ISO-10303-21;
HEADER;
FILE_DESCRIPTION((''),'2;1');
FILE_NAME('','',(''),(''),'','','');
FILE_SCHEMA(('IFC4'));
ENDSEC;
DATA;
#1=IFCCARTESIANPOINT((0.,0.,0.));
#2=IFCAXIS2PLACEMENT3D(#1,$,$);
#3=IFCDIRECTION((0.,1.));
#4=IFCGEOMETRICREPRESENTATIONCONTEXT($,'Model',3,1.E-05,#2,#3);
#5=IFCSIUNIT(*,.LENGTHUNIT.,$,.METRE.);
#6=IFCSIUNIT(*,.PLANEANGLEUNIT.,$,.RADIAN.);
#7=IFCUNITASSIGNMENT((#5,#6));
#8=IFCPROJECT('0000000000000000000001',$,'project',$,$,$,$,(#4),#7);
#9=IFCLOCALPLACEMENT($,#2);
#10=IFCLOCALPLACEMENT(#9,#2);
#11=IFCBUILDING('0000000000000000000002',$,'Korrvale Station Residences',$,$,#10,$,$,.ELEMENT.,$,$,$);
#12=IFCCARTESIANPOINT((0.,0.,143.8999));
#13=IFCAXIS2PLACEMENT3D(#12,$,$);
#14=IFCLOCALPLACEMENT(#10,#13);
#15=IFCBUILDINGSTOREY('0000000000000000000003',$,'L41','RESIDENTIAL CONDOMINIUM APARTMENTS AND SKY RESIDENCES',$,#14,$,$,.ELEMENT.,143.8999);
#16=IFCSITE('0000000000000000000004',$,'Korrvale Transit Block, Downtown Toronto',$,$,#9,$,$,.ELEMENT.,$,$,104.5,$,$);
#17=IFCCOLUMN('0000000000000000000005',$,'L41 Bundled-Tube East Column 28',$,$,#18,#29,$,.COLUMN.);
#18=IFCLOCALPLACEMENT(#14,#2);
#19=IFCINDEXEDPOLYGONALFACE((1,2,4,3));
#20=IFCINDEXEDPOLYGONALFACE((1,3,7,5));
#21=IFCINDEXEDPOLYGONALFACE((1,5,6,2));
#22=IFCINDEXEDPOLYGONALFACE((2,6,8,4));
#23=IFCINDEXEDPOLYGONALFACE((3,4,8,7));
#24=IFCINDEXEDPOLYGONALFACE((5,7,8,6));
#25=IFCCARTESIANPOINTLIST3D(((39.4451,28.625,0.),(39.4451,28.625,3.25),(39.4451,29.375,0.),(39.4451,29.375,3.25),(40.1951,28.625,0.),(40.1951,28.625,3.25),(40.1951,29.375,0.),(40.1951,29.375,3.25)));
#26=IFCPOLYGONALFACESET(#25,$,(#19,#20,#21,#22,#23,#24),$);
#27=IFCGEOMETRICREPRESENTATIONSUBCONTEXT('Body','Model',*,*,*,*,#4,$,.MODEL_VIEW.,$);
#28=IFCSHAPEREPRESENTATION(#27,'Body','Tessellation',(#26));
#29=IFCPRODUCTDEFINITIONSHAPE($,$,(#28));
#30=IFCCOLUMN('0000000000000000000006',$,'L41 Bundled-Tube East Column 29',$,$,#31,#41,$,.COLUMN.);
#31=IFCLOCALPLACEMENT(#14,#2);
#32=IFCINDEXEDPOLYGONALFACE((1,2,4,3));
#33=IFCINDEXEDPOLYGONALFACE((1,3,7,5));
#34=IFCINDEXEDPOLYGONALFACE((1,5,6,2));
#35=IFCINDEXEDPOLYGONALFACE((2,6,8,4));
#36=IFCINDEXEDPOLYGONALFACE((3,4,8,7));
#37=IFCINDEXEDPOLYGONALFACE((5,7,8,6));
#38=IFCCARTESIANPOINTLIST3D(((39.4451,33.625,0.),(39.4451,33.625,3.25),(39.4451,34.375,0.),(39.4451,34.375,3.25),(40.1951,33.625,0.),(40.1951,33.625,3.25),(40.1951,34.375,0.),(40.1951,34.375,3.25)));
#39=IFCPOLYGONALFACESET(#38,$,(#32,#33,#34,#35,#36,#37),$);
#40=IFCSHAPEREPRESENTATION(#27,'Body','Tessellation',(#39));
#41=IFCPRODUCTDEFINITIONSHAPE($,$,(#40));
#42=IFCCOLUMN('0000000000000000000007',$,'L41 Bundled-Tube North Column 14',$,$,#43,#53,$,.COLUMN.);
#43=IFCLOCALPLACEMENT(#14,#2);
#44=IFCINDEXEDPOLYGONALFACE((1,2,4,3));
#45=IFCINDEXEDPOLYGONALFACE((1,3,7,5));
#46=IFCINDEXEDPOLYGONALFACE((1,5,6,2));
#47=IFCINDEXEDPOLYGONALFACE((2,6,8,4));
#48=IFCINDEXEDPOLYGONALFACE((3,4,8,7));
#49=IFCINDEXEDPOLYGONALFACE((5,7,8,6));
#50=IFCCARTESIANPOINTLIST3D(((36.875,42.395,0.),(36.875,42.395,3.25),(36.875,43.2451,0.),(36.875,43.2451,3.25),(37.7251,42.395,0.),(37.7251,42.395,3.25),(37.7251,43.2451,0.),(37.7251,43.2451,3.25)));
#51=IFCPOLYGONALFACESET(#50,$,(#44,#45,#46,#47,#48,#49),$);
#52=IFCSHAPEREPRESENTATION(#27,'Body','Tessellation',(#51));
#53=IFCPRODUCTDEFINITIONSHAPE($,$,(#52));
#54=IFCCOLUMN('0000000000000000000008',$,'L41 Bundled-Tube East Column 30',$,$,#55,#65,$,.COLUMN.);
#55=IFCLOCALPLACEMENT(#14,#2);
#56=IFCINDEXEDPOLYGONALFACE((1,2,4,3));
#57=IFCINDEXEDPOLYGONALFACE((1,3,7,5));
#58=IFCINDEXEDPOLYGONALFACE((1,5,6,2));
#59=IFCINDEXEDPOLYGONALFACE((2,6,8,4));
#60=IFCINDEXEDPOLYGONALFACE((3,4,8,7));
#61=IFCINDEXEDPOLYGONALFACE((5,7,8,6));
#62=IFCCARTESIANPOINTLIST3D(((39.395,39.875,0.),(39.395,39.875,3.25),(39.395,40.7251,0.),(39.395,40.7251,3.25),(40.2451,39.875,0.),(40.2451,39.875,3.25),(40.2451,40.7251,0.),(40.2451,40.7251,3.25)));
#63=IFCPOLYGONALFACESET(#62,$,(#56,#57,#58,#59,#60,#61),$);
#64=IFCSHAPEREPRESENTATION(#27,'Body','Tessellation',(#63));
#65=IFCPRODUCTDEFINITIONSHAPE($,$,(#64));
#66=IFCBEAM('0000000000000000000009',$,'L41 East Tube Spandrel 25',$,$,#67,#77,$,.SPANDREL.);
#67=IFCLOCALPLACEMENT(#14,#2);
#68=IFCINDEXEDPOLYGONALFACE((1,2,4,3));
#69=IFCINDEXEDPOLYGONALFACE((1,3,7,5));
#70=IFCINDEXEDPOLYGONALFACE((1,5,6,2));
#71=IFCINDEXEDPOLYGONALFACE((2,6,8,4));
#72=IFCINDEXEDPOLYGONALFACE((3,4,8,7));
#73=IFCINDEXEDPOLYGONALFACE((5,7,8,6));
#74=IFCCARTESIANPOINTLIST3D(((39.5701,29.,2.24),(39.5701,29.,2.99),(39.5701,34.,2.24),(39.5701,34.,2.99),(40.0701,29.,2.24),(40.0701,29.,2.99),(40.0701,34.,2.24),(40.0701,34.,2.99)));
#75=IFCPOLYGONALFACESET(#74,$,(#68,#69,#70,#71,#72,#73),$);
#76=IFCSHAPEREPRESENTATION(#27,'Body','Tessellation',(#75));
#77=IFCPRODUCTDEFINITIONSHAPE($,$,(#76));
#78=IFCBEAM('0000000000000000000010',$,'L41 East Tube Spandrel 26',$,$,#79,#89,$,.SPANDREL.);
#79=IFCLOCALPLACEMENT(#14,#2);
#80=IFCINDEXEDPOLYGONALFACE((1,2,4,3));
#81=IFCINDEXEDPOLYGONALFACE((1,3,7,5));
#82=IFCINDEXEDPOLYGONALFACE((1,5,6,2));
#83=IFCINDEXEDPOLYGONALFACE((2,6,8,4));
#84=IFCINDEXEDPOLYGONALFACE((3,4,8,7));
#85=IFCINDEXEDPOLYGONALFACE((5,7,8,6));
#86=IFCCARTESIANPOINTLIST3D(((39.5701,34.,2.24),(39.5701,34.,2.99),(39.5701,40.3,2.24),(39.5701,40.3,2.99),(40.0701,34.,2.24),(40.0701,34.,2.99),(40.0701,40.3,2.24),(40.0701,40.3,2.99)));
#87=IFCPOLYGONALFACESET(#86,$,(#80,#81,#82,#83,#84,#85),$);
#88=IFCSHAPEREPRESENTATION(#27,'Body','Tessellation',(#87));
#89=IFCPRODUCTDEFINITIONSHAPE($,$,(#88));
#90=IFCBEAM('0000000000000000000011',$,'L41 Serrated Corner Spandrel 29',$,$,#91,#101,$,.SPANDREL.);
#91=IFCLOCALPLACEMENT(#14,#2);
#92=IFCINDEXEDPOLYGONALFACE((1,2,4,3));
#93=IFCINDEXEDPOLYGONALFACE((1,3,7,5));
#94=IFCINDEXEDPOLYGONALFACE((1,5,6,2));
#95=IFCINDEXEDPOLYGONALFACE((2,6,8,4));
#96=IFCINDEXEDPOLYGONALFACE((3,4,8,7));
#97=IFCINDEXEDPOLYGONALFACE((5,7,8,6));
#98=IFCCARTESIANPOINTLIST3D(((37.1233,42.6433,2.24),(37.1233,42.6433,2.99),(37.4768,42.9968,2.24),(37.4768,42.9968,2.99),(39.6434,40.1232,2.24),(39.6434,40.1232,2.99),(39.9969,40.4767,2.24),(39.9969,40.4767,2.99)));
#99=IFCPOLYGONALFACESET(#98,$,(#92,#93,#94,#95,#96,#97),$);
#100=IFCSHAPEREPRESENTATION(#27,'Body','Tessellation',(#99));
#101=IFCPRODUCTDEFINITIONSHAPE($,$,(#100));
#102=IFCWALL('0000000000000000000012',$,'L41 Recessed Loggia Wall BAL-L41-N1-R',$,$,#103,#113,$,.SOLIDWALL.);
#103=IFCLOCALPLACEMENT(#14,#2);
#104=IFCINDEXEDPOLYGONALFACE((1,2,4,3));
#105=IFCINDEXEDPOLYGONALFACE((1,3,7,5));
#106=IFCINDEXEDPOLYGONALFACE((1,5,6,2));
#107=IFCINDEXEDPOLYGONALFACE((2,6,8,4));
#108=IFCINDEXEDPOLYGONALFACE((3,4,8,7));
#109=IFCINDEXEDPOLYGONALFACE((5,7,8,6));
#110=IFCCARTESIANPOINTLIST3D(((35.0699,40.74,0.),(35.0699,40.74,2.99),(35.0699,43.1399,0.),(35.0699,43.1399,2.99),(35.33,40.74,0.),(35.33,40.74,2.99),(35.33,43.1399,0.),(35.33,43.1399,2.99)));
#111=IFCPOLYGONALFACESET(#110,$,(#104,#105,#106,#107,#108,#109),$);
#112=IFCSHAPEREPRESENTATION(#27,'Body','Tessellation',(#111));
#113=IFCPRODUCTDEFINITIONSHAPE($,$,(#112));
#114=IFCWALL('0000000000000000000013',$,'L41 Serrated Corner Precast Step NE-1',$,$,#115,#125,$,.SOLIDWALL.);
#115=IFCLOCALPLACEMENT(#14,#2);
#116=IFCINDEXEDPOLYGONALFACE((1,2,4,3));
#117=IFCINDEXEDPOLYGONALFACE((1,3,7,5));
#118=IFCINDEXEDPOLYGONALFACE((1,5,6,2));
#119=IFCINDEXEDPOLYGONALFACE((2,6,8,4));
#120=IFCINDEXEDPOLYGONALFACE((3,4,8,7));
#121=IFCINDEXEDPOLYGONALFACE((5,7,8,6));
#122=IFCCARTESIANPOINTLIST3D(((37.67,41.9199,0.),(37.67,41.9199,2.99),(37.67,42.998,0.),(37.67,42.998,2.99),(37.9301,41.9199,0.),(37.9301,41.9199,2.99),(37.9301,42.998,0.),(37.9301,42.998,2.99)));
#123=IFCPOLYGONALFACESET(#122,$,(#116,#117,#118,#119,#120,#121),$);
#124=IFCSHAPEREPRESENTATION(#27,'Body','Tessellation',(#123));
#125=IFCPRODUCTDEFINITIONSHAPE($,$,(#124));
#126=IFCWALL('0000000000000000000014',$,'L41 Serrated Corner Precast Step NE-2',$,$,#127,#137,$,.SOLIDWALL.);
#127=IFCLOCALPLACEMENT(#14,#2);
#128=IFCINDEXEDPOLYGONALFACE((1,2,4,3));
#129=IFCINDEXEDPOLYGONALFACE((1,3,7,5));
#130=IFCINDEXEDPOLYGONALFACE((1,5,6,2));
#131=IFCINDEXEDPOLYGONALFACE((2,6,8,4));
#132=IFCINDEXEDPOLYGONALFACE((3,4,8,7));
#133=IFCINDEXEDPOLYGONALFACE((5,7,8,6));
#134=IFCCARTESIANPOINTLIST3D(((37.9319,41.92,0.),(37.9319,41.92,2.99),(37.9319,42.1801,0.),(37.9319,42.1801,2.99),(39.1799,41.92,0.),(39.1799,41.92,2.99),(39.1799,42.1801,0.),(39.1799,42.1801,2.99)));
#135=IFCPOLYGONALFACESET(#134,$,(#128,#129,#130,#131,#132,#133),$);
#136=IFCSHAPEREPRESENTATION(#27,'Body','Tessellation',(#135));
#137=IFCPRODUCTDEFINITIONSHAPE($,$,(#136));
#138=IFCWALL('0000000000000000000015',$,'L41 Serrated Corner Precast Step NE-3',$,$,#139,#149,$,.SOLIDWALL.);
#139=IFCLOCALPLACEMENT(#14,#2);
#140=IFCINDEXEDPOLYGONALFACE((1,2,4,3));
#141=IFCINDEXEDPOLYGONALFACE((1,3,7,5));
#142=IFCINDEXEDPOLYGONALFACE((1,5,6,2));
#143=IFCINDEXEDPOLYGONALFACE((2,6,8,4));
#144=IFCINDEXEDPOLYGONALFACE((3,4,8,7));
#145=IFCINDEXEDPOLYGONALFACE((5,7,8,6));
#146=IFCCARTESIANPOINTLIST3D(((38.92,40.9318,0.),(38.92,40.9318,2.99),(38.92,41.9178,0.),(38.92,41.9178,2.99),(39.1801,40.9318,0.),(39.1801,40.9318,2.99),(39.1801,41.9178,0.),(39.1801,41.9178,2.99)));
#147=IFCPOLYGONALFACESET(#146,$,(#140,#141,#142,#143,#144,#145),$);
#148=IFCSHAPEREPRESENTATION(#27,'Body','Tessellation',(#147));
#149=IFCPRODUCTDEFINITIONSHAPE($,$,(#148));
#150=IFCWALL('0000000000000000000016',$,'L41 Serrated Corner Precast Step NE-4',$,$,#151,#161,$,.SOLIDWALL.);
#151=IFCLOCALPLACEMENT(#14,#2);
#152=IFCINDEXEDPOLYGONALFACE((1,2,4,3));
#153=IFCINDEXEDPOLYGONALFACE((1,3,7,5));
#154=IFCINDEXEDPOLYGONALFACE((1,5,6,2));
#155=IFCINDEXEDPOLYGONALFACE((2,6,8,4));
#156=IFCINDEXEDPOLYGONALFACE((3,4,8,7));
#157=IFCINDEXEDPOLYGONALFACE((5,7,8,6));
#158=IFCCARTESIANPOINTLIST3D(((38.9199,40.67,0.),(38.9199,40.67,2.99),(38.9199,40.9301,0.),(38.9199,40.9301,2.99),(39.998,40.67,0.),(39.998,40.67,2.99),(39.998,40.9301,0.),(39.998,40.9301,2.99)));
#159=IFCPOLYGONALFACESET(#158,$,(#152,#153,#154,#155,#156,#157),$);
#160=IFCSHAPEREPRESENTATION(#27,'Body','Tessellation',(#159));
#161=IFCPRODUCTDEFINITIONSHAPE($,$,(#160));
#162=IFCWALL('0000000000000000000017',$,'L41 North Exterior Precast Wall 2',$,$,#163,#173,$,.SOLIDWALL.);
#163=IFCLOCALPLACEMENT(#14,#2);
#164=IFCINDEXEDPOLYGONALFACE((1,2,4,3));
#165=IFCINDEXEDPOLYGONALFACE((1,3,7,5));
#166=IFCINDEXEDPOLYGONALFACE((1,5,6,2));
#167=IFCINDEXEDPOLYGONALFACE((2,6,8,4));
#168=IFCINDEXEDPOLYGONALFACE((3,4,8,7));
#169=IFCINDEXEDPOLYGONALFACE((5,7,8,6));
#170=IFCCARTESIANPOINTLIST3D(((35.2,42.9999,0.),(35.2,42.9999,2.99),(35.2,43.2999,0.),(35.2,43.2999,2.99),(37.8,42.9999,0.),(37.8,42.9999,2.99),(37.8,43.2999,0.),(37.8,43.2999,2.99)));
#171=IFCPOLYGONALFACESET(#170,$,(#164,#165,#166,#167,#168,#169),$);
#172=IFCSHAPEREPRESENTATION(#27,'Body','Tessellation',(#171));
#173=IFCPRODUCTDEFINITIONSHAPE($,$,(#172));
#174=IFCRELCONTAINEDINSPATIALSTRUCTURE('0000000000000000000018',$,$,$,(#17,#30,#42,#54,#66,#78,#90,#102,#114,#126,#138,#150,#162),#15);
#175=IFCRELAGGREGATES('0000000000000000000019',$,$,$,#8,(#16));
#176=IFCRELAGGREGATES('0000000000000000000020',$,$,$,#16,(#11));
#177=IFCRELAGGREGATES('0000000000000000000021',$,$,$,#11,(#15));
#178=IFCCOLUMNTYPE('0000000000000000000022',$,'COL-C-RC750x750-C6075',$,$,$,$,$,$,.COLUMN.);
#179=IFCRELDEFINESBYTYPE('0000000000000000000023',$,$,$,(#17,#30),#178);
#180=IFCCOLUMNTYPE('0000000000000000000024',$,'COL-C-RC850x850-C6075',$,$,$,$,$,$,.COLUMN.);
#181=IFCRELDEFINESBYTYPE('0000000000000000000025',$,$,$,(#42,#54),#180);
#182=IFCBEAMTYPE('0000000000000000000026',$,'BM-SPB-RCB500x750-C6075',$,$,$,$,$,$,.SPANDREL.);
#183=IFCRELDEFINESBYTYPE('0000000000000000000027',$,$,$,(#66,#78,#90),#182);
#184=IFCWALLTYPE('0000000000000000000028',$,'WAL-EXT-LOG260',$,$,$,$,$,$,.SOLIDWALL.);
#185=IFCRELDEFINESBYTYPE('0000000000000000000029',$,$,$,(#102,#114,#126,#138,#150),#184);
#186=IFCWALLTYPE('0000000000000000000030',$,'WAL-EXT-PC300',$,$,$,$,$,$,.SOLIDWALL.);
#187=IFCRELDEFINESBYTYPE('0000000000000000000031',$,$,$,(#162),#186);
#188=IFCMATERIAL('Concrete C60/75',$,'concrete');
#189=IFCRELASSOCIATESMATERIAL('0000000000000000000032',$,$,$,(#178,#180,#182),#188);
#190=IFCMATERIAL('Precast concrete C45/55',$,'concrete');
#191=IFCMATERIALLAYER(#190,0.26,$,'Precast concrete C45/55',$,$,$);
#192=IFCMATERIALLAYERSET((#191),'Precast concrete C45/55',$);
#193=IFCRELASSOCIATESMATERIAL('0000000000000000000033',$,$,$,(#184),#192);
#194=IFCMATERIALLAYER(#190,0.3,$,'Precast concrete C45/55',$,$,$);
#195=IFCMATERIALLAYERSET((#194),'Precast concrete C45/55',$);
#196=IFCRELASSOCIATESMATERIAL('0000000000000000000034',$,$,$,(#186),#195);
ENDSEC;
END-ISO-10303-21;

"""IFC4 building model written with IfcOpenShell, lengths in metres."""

from ifc_helpers import new_model, si_unit, direction, frame, frame_2d, origin, origin_2d, place, context, subcontext, project, spatial, rectangle, extrude, material, layer, layer_set, material_profile, profile_set, type_object, element, save


model = new_model("IFC4")

# Units and contexts
model_context = context("Model", 3, precision=1e-05, world=origin(), true_north=direction((0.0, 1.0)))
body_context = subcontext(model_context, "Body", "Model", "MODEL_VIEW")
ifc_project = project(units=[si_unit("LENGTHUNIT", "METRE"), si_unit("PLANEANGLEUNIT", "RADIAN")], contexts=[model_context])

# Site, building, storey
site_placement = place(None, origin())
site = spatial("IfcSite", under=ifc_project, at=site_placement, Name="Korrvale Transit Block, Downtown Toronto", CompositionType="ELEMENT", RefElevation=104.5)
building_placement = place(site_placement, origin())
building = spatial("IfcBuilding", under=site, at=building_placement, Name="Korrvale Station Residences", CompositionType="ELEMENT")
storey_placement = place(building_placement, frame((0.0, 0.0, 143.8999)))
storey = spatial("IfcBuildingStorey", under=building, at=storey_placement, Name="L41", Description="RESIDENTIAL CONDOMINIUM APARTMENTS AND SKY RESIDENCES", CompositionType="ELEMENT", Elevation=143.8999)

# Columns
ifc_material_1 = material(Name="Concrete C60/75", Category="concrete")
ifc_material_profile_1 = material_profile(ifc_material_1, rectangle(XDim=0.75, YDim=0.75, at=origin_2d()), Name="RC750x750")
ifc_profile_set_1 = profile_set([ifc_material_profile_1], Name="Concrete C60/75")
column_type_1 = type_object("IfcColumnType", Name="COL-C-RC750x750-C6075", PredefinedType="COLUMN", material=ifc_profile_set_1)
for number, where, z_axis, x_axis, name in (
    (1, (39.8201, 29.0, 0.0), (0.0, 0.0, 1.0), (1.0, 0.0, 0.0), "L41 Bundled-Tube East Column 28"),
    (2, (39.8201, 34.0, 0.0), (0.0, 0.0, 1.0), (1.0, 0.0, 0.0), "L41 Bundled-Tube East Column 29"),
):
    element("IfcColumn", number, at=place(storey_placement, frame(where, z_axis=z_axis, x_axis=x_axis)), inside=storey, type_object=column_type_1, Name=name, PredefinedType="COLUMN", context=body_context, shape_type="SweptSolid", body=[
        extrude(rectangle(XDim=0.75, YDim=0.75, at=origin_2d()), origin(), (0.0, 0.0, 1.0), 3.25),
    ])
ifc_material_profile_2 = material_profile(ifc_material_1, rectangle(XDim=0.8501, YDim=0.8501, at=origin_2d()), Name="RC850x850")
ifc_profile_set_2 = profile_set([ifc_material_profile_2], Name="Concrete C60/75")
column_type_2 = type_object("IfcColumnType", Name="COL-C-RC850x850-C6075", PredefinedType="COLUMN", material=ifc_profile_set_2)
for number, where, z_axis, x_axis, name in (
    (3, (37.3, 42.8201, 0.0), (0.0, 0.0, 1.0), (1.0, 0.0, 0.0), "L41 Bundled-Tube North Column 14"),
    (4, (39.8201, 40.3, 0.0), (0.0, 0.0, 1.0), (1.0, 0.0, 0.0), "L41 Bundled-Tube East Column 30"),
):
    element("IfcColumn", number, at=place(storey_placement, frame(where, z_axis=z_axis, x_axis=x_axis)), inside=storey, type_object=column_type_2, Name=name, PredefinedType="COLUMN", context=body_context, shape_type="SweptSolid", body=[
        extrude(rectangle(XDim=0.8501, YDim=0.8501, at=origin_2d()), origin(), (0.0, 0.0, 1.0), 3.25),
    ])

# Beams
ifc_material_profile_3 = material_profile(ifc_material_1, rectangle(XDim=0.5, YDim=0.75, at=origin_2d()), Name="RCB500x750")
ifc_profile_set_3 = profile_set([ifc_material_profile_3], Name="Concrete C60/75")
beam_type = type_object("IfcBeamType", Name="BM-SPB-RCB500x750-C6075", PredefinedType="SPANDREL", material=ifc_profile_set_3)
beam_1_placement = place(storey_placement, frame((39.8201, 29.0, 2.615), z_axis=(0.0, 1.0, 0.0), x_axis=(-1.0, 0.0, 0.0)))
element("IfcBeam", 5, at=beam_1_placement, inside=storey, type_object=beam_type, Name="L41 East Tube Spandrel 25", PredefinedType="SPANDREL", context=body_context, shape_type="SweptSolid", body=[
    extrude(rectangle(XDim=0.5, YDim=0.75, at=origin_2d()), origin(), (0.0, 0.0, 1.0), 5.0),
])
beam_2_placement = place(storey_placement, frame((39.8201, 34.0, 2.615), z_axis=(0.0, 1.0, 0.0), x_axis=(-1.0, 0.0, 0.0)))
element("IfcBeam", 6, at=beam_2_placement, inside=storey, type_object=beam_type, Name="L41 East Tube Spandrel 26", PredefinedType="SPANDREL", context=body_context, shape_type="SweptSolid", body=[
    extrude(rectangle(XDim=0.5, YDim=0.75, at=origin_2d()), origin(), (0.0, 0.0, 1.0), 6.3),
])
beam_3_placement = place(storey_placement, frame((37.3, 42.8201, 2.615), z_axis=(0.707107, -0.707107, 0.0), x_axis=(0.707107, 0.707107, 0.0)))
element("IfcBeam", 7, at=beam_3_placement, inside=storey, type_object=beam_type, Name="L41 Serrated Corner Spandrel 29", PredefinedType="SPANDREL", context=body_context, shape_type="SweptSolid", body=[
    extrude(rectangle(XDim=0.5, YDim=0.75, at=origin_2d()), origin(), (0.0, 0.0, 1.0), 3.564),
])

# Walls
ifc_material_2 = material(Name="Precast concrete C45/55", Category="concrete")
ifc_layer_1 = layer(ifc_material_2, 0.26, Name="Precast concrete C45/55")
ifc_layer_set_1 = layer_set([ifc_layer_1], Name="Precast concrete C45/55")
wall_type_1 = type_object("IfcWallType", Name="WAL-EXT-LOG260", PredefinedType="SOLIDWALL", material=ifc_layer_set_1)
wall_1_placement = place(storey_placement, frame((35.2, 40.74, 0.0), z_axis=(0.0, 0.0, 1.0), x_axis=(0.0, 1.0, 0.0)))
element("IfcWall", 8, at=wall_1_placement, inside=storey, type_object=wall_type_1, Name="L41 Recessed Loggia Wall BAL-L41-N1-R", PredefinedType="SOLIDWALL", context=body_context, shape_type="SweptSolid", body=[
    extrude(rectangle(XDim=2.3999, YDim=0.26, at=frame_2d((1.2, 0.0))), origin(), (0.0, 0.0, 1.0), 2.99),
])
wall_2_placement = place(storey_placement, frame((37.8, 42.998, 0.0), z_axis=(0.0, 0.0, 1.0), x_axis=(0.0, -1.0, 0.0)))
element("IfcWall", 9, at=wall_2_placement, inside=storey, type_object=wall_type_1, Name="L41 Serrated Corner Precast Step NE-1", PredefinedType="SOLIDWALL", context=body_context, shape_type="SweptSolid", body=[
    extrude(rectangle(XDim=1.0781, YDim=0.26, at=frame_2d((0.5391, 0.0))), origin(), (0.0, 0.0, 1.0), 2.99),
])
wall_3_placement = place(storey_placement, frame((37.9319, 42.05, 0.0), z_axis=(0.0, 0.0, 1.0), x_axis=(1.0, 0.0, 0.0)))
element("IfcWall", 10, at=wall_3_placement, inside=storey, type_object=wall_type_1, Name="L41 Serrated Corner Precast Step NE-2", PredefinedType="SOLIDWALL", context=body_context, shape_type="SweptSolid", body=[
    extrude(rectangle(XDim=1.248, YDim=0.26, at=frame_2d((0.624, 0.0))), origin(), (0.0, 0.0, 1.0), 2.99),
])
wall_4_placement = place(storey_placement, frame((39.05, 41.918, 0.0), z_axis=(0.0, 0.0, 1.0), x_axis=(0.0, -1.0, 0.0)))
element("IfcWall", 11, at=wall_4_placement, inside=storey, type_object=wall_type_1, Name="L41 Serrated Corner Precast Step NE-3", PredefinedType="SOLIDWALL", context=body_context, shape_type="SweptSolid", body=[
    extrude(rectangle(XDim=0.9861, YDim=0.26, at=frame_2d((0.4932, 0.0))), origin(), (0.0, 0.0, 1.0), 2.99),
])
wall_5_placement = place(storey_placement, frame((38.9199, 40.8, 0.0), z_axis=(0.0, 0.0, 1.0), x_axis=(1.0, 0.0, 0.0)))
element("IfcWall", 12, at=wall_5_placement, inside=storey, type_object=wall_type_1, Name="L41 Serrated Corner Precast Step NE-4", PredefinedType="SOLIDWALL", context=body_context, shape_type="SweptSolid", body=[
    extrude(rectangle(XDim=1.0781, YDim=0.26, at=frame_2d((0.5391, 0.0))), origin(), (0.0, 0.0, 1.0), 2.99),
])
ifc_layer_2 = layer(ifc_material_2, 0.3, Name="Precast concrete C45/55")
ifc_layer_set_2 = layer_set([ifc_layer_2], Name="Precast concrete C45/55")
wall_type_2 = type_object("IfcWallType", Name="WAL-EXT-PC300", PredefinedType="SOLIDWALL", material=ifc_layer_set_2)
wall_6_placement = place(storey_placement, frame((35.2, 43.1499, 0.0), z_axis=(0.0, 0.0, 1.0), x_axis=(1.0, 0.0, 0.0)))
element("IfcWall", 13, at=wall_6_placement, inside=storey, type_object=wall_type_2, Name="L41 North Exterior Precast Wall 2", PredefinedType="SOLIDWALL", context=body_context, shape_type="SweptSolid", body=[
    extrude(rectangle(XDim=2.6001, YDim=0.3, at=frame_2d((1.3, 0.0))), origin(), (0.0, 0.0, 1.0), 2.99),
])

save(model, "model.ifc")
